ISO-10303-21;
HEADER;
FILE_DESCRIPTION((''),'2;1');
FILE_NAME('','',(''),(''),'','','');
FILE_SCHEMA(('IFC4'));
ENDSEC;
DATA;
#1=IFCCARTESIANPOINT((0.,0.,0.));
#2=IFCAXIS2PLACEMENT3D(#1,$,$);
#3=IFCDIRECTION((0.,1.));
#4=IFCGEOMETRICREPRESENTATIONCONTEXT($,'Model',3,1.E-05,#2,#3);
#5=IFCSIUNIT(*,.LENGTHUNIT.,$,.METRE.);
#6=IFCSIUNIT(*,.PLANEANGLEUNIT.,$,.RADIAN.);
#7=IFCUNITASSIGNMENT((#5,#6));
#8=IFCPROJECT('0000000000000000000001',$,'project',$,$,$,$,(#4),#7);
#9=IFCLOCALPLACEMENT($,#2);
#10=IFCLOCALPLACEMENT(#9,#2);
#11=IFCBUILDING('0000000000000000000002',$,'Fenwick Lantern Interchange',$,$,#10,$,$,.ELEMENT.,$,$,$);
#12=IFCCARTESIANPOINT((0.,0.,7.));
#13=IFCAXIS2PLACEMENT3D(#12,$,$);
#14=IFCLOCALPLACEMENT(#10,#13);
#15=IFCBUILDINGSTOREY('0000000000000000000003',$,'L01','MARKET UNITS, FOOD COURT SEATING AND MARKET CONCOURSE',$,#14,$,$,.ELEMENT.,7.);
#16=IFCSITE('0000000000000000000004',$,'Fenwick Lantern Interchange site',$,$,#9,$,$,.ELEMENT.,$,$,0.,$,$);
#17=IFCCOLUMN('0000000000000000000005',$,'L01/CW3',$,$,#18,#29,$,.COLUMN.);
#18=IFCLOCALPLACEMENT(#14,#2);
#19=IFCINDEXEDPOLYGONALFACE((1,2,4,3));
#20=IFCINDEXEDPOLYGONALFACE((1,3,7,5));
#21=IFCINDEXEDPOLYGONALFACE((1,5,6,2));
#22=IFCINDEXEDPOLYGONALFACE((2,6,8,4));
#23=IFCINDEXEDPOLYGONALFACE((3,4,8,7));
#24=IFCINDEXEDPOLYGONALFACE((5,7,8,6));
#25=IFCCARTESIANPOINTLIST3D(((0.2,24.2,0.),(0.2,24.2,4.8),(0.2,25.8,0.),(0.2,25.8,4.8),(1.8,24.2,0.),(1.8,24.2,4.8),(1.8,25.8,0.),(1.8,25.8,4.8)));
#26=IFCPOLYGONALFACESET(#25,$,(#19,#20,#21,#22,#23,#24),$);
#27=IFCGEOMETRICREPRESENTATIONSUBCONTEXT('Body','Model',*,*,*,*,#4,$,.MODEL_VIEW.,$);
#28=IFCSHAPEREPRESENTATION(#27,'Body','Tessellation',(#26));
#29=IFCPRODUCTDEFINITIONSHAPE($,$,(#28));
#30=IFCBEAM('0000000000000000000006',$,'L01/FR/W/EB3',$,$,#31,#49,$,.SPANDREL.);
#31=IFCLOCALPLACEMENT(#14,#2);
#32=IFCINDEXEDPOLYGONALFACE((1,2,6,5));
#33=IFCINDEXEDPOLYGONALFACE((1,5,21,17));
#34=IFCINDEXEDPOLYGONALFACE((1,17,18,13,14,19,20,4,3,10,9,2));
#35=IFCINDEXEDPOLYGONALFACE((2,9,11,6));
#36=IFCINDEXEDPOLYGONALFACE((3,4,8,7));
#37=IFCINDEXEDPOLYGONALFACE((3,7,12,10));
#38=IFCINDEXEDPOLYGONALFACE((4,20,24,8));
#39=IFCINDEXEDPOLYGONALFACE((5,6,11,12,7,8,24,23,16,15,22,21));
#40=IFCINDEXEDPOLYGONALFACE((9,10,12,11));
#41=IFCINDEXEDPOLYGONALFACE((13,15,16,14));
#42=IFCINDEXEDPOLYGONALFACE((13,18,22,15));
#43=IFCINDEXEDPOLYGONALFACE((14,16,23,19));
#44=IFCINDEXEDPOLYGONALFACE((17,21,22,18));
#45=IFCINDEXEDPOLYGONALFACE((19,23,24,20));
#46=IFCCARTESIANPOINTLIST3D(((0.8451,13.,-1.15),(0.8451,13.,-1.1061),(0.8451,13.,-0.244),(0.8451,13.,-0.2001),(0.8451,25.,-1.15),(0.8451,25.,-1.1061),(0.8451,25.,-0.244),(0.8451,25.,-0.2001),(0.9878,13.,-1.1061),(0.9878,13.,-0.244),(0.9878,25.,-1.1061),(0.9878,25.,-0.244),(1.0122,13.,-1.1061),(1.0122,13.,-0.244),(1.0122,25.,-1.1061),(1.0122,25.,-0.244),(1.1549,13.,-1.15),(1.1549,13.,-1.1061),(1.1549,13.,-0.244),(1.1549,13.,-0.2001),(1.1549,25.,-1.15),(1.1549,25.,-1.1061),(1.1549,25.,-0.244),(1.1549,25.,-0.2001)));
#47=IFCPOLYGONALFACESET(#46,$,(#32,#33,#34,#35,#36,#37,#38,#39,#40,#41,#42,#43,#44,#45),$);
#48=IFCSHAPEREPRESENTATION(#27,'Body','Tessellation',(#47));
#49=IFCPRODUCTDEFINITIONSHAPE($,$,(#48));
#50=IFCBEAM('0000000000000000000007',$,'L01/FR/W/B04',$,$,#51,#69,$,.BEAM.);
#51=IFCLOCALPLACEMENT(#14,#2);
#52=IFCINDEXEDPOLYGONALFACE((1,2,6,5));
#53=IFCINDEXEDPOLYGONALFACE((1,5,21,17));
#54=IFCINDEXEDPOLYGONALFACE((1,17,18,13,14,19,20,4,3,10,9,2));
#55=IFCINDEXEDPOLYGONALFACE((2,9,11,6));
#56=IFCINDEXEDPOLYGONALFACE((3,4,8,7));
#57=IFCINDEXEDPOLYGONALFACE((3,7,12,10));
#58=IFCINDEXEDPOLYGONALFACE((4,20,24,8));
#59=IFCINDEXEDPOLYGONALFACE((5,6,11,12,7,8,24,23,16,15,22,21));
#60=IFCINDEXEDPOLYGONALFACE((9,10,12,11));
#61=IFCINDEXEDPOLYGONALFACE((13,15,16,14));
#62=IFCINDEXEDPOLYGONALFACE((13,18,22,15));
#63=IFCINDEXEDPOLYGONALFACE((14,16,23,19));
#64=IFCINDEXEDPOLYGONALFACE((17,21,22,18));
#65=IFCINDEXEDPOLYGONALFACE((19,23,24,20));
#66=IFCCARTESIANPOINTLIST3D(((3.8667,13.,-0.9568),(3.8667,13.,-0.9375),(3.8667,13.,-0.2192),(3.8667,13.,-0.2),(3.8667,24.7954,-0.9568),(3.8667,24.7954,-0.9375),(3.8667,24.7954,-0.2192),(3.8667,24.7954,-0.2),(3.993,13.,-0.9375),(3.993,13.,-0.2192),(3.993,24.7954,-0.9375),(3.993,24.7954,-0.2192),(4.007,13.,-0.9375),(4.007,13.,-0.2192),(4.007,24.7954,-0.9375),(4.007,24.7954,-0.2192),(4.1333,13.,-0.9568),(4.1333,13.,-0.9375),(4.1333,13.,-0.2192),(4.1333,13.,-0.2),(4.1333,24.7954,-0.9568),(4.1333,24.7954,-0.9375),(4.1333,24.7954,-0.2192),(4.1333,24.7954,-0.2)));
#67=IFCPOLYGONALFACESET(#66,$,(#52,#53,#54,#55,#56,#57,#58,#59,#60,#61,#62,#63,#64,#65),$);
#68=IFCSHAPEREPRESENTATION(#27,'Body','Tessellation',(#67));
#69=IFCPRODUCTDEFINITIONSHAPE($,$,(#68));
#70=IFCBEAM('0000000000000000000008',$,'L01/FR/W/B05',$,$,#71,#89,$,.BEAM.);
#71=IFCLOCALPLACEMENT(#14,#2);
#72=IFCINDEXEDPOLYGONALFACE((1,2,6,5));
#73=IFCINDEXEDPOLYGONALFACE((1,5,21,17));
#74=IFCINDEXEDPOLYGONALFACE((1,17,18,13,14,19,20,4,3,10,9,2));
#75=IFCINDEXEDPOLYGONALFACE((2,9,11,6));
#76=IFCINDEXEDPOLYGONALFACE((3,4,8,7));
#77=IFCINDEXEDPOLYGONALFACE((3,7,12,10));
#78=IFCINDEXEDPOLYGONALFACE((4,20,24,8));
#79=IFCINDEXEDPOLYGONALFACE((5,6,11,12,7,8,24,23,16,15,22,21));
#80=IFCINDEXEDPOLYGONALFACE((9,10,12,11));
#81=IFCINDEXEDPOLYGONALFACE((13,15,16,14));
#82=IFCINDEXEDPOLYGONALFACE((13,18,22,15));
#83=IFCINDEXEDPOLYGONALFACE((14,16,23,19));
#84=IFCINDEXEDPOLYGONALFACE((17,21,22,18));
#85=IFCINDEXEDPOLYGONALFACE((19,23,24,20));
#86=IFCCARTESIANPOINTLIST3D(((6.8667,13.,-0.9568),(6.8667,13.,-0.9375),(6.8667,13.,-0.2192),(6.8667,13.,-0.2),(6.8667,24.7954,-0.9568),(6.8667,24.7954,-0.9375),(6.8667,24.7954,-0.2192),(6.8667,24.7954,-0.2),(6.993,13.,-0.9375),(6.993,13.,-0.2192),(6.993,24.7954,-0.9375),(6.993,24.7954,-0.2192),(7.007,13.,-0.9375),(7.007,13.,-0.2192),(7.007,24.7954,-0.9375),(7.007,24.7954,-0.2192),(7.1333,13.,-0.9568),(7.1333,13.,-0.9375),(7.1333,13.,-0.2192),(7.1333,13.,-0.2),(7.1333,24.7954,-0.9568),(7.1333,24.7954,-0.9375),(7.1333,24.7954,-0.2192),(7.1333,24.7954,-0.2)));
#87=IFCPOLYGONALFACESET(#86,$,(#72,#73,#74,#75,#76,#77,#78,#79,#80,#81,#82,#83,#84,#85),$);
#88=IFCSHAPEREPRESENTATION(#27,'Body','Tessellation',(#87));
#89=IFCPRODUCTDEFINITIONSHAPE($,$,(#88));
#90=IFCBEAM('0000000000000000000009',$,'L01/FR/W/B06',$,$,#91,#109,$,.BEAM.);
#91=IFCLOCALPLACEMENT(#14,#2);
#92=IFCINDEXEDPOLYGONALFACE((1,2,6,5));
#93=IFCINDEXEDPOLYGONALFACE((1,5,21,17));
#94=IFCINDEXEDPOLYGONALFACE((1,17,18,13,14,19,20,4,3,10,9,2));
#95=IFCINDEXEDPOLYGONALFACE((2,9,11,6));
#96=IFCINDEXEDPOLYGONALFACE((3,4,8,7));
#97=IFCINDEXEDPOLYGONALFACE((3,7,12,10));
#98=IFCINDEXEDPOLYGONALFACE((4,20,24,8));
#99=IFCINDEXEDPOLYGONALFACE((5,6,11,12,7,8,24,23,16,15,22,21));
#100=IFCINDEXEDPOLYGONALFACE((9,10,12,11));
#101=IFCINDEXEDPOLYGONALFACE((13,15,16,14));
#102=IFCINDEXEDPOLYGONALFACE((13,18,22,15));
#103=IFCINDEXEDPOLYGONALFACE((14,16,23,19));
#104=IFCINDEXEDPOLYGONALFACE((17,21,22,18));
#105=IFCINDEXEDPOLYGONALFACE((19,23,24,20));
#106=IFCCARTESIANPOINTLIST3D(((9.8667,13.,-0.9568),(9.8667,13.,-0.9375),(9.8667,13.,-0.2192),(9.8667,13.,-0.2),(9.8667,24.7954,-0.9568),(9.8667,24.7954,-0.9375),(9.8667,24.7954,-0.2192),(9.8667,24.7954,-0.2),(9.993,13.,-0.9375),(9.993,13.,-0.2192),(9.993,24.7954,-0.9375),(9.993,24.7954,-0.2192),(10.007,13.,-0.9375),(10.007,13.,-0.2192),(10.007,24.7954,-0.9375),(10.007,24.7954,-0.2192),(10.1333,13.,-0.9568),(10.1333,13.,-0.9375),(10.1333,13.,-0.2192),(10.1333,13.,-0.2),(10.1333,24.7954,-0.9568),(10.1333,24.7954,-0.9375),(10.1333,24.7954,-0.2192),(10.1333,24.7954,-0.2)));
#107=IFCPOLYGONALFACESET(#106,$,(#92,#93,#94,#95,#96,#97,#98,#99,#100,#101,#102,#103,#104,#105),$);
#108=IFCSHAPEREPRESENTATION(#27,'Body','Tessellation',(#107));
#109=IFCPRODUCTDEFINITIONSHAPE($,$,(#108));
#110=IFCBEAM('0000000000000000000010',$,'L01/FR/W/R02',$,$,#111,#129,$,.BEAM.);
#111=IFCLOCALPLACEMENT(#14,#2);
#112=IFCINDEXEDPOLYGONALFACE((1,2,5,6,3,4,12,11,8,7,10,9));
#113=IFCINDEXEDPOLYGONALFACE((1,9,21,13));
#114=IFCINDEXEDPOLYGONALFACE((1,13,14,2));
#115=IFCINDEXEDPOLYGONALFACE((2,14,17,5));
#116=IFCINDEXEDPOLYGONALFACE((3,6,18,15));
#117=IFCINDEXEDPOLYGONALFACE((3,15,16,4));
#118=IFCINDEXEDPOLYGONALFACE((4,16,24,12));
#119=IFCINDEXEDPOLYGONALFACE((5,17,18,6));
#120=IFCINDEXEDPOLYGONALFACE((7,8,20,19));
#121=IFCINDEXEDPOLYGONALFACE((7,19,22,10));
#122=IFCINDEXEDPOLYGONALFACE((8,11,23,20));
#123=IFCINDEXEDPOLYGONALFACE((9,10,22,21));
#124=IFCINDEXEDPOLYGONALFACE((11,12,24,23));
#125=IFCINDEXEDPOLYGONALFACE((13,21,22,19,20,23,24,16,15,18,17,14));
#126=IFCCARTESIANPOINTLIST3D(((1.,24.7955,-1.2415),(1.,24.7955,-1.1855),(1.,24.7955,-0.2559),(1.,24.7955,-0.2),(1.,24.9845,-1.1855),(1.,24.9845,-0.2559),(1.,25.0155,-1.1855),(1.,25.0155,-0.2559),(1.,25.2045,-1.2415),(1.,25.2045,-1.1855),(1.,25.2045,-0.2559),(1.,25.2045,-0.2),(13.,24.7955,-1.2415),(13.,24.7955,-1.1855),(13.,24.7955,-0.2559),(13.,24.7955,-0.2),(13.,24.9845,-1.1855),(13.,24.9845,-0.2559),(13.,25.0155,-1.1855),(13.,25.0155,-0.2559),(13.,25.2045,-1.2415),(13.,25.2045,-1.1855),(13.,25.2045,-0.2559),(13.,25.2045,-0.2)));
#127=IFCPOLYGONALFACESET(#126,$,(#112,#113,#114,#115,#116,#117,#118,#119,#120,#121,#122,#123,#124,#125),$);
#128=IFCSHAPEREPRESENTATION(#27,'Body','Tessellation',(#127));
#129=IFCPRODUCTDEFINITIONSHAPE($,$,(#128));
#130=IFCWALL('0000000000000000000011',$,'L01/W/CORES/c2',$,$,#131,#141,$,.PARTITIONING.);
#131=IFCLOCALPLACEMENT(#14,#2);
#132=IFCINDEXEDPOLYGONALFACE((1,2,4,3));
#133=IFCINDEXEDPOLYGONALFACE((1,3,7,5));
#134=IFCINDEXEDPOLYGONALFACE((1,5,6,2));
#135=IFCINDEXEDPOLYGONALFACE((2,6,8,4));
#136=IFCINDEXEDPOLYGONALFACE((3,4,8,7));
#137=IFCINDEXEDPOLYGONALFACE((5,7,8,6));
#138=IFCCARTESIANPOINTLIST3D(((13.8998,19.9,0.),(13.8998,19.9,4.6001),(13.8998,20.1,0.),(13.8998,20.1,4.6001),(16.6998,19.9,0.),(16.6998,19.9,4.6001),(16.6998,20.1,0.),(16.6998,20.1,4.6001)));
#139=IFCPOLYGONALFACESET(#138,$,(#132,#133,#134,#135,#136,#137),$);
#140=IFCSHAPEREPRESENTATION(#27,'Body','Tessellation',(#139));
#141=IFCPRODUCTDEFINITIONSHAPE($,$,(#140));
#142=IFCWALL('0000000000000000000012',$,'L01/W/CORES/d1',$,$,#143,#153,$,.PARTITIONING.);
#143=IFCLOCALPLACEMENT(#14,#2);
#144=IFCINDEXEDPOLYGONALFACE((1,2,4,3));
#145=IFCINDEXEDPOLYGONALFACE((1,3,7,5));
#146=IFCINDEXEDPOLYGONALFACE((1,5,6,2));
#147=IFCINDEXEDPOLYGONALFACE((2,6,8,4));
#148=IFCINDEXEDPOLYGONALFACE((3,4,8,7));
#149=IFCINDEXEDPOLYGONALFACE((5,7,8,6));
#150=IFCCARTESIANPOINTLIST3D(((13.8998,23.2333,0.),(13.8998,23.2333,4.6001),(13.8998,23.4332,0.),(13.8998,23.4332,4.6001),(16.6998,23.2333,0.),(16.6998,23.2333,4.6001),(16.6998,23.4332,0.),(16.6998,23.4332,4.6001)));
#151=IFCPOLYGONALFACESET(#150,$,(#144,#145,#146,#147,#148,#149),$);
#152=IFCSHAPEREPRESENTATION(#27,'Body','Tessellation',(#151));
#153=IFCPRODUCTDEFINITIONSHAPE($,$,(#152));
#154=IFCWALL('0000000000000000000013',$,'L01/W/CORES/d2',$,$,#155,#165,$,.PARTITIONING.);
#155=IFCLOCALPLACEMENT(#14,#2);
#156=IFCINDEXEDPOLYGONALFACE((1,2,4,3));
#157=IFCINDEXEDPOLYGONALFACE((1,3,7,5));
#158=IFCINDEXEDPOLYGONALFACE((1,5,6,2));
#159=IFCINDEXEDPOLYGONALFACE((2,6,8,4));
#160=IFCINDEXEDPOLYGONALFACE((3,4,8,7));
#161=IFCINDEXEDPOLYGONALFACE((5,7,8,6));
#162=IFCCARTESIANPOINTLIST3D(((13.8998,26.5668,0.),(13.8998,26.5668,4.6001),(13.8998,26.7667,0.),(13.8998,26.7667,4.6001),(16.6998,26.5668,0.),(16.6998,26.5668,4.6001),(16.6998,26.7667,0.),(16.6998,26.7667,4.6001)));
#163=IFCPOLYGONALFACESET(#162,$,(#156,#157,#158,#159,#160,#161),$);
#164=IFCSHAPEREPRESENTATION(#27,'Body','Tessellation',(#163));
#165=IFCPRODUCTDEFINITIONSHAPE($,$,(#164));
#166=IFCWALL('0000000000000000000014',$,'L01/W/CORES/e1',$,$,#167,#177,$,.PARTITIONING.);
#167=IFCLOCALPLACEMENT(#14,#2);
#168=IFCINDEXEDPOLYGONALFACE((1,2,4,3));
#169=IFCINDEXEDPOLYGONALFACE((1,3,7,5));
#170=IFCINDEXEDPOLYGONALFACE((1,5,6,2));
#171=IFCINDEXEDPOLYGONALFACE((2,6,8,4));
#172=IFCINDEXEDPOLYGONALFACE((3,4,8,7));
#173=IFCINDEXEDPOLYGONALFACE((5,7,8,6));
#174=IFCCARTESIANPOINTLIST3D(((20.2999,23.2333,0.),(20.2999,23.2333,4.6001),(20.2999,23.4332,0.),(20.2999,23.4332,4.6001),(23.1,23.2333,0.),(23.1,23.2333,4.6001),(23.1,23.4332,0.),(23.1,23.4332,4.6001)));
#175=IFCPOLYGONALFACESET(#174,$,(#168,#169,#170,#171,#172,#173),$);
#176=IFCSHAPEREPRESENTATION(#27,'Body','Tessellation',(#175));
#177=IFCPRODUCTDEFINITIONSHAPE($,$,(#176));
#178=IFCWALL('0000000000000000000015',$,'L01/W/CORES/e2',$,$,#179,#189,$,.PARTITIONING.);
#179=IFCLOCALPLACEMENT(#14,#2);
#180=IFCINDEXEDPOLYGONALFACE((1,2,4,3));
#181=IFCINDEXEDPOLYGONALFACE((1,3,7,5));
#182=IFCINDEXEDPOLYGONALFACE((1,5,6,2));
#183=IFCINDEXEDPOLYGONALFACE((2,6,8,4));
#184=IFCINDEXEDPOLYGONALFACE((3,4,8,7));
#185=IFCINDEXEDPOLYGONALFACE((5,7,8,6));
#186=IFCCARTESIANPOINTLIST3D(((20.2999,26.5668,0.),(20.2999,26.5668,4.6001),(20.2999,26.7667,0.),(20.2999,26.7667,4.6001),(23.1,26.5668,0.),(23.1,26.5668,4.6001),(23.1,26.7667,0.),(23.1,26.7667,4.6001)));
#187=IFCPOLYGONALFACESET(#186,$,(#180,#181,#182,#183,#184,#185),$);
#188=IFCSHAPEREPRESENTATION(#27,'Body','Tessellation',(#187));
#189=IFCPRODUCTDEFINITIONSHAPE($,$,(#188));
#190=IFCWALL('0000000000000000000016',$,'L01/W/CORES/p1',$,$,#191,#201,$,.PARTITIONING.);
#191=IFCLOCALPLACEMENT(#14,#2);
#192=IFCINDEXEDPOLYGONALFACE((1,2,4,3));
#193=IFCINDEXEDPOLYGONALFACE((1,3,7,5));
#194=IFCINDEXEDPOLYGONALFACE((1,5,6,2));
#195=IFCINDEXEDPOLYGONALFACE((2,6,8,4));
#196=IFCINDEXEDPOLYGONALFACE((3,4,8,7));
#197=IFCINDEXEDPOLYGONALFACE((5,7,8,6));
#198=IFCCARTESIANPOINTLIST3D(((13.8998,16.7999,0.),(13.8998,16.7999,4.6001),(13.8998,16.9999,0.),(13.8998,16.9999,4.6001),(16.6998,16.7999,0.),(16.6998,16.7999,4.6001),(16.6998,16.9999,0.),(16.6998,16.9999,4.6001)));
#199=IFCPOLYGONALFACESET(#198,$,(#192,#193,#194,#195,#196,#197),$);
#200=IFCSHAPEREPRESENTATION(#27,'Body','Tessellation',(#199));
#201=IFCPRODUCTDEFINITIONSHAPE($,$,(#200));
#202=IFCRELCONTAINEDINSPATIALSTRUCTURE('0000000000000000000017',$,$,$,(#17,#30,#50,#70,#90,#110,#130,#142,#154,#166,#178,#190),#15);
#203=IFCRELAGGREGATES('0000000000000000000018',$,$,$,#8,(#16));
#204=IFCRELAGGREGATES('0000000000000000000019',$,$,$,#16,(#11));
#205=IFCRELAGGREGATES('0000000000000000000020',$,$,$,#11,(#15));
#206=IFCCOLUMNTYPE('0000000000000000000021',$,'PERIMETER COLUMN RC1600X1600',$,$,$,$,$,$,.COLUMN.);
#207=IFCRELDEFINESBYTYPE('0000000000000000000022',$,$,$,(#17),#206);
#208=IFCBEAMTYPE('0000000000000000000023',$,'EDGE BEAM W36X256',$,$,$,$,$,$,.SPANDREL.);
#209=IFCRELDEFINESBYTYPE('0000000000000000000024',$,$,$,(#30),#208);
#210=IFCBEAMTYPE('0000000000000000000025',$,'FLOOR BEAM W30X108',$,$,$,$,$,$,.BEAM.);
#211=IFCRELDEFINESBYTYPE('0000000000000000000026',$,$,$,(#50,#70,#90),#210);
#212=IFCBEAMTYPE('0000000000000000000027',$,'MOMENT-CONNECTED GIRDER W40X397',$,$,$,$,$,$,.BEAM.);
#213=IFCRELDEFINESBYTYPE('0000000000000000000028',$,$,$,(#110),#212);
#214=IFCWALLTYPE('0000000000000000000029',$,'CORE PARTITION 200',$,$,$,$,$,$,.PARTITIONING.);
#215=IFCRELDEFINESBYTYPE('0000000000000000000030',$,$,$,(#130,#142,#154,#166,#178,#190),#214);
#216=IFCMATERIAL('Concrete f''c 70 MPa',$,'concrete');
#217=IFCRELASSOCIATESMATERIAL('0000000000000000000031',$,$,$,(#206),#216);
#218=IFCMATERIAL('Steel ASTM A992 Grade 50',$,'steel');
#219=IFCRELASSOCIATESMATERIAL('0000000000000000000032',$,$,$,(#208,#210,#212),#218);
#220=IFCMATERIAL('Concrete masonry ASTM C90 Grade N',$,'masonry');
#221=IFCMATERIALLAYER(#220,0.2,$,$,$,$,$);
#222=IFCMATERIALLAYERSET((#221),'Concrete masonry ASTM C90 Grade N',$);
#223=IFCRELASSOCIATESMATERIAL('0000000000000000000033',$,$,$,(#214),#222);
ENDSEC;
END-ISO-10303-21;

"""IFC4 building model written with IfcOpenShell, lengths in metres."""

from ifc_helpers import new_model, si_unit, direction, frame, frame_2d, origin, origin_2d, place, context, subcontext, project, spatial, rectangle, i_section, extrude, material, layer, layer_set, material_profile, profile_set, type_object, element, save


model = new_model("IFC4")

# Units and contexts
model_context = context("Model", 3, precision=1e-05, world=origin(), true_north=direction((0.0, 1.0)))
body_context = subcontext(model_context, "Body", "Model", "MODEL_VIEW")
ifc_project = project(units=[si_unit("LENGTHUNIT", "METRE"), si_unit("PLANEANGLEUNIT", "RADIAN")], contexts=[model_context])

# Site, building, storey
site_placement = place(None, origin())
site = spatial("IfcSite", under=ifc_project, at=site_placement, Name="Fenwick Lantern Interchange site", CompositionType="ELEMENT", RefElevation=0.0)
building_placement = place(site_placement, origin())
building = spatial("IfcBuilding", under=site, at=building_placement, Name="Fenwick Lantern Interchange", CompositionType="ELEMENT")
storey_placement = place(building_placement, frame((0.0, 0.0, 7.0)))
storey = spatial("IfcBuildingStorey", under=building, at=storey_placement, Name="L01", Description="MARKET UNITS, FOOD COURT SEATING AND MARKET CONCOURSE", CompositionType="ELEMENT", Elevation=7.0)

# Column
ifc_material_1 = material(Name="Concrete f'c 70 MPa", Category="concrete")
ifc_material_profile_1 = material_profile(ifc_material_1, rectangle(XDim=1.6001, YDim=1.6001, at=origin_2d()), Name="RC1600X1600")
ifc_profile_set_1 = profile_set([ifc_material_profile_1], Name="Concrete f'c 70 MPa")
column_type = type_object("IfcColumnType", Name="PERIMETER COLUMN RC1600X1600", PredefinedType="COLUMN", material=ifc_profile_set_1)
column_placement = place(storey_placement, frame((1.0, 25.0, 0.0), z_axis=(0.0, 0.0, 1.0), x_axis=(1.0, 0.0, 0.0)))
element("IfcColumn", 1, at=column_placement, inside=storey, type_object=column_type, Name="L01/CW3", PredefinedType="COLUMN", context=body_context, shape_type="SweptSolid", body=[
    extrude(rectangle(XDim=1.6001, YDim=1.6001, at=origin_2d()), origin(), (0.0, 0.0, 1.0), 4.8),
])

# Beams
ifc_material_2 = material(Name="Steel ASTM A992 Grade 50", Category="steel")
ifc_material_profile_2 = material_profile(ifc_material_2, i_section(OverallWidth=0.3098, OverallDepth=0.95, WebThickness=0.0244, FlangeThickness=0.0439, at=origin_2d()), Name="W36X256")
ifc_profile_set_2 = profile_set([ifc_material_profile_2], Name="Steel ASTM A992 Grade 50")
beam_type_1 = type_object("IfcBeamType", Name="EDGE BEAM W36X256", PredefinedType="SPANDREL", material=ifc_profile_set_2)
beam_1_placement = place(storey_placement, frame((1.0, 25.0, -0.675), z_axis=(0.0, -1.0, 0.0), x_axis=(1.0, 0.0, 0.0)))
element("IfcBeam", 2, at=beam_1_placement, inside=storey, type_object=beam_type_1, Name="L01/FR/W/EB3", PredefinedType="SPANDREL", context=body_context, shape_type="SweptSolid", body=[
    extrude(i_section(OverallWidth=0.3098, OverallDepth=0.95, WebThickness=0.0244, FlangeThickness=0.0439, at=origin_2d()), origin(), (0.0, 0.0, 1.0), 12.0),
])
ifc_material_profile_3 = material_profile(ifc_material_2, i_section(OverallWidth=0.2666, OverallDepth=0.7568, WebThickness=0.0139, FlangeThickness=0.0193, at=origin_2d()), Name="W30X108")
ifc_profile_set_3 = profile_set([ifc_material_profile_3], Name="Steel ASTM A992 Grade 50")
beam_type_2 = type_object("IfcBeamType", Name="FLOOR BEAM W30X108", PredefinedType="BEAM", material=ifc_profile_set_3)
for number, where, z_axis, x_axis, name in (
    (3, (4.0, 24.7954, -0.5784), (0.0, -1.0, 0.0), (1.0, 0.0, 0.0), "L01/FR/W/B04"),
    (4, (7.0, 24.7954, -0.5784), (0.0, -1.0, 0.0), (1.0, 0.0, 0.0), "L01/FR/W/B05"),
    (5, (10.0, 24.7954, -0.5784), (0.0, -1.0, 0.0), (1.0, 0.0, 0.0), "L01/FR/W/B06"),
):
    element("IfcBeam", number, at=place(storey_placement, frame(where, z_axis=z_axis, x_axis=x_axis)), inside=storey, type_object=beam_type_2, Name=name, PredefinedType="BEAM", context=body_context, shape_type="SweptSolid", body=[
        extrude(i_section(OverallWidth=0.2666, OverallDepth=0.7568, WebThickness=0.0139, FlangeThickness=0.0193, at=origin_2d()), origin(), (0.0, 0.0, 1.0), 11.7954),
    ])
ifc_material_profile_4 = material_profile(ifc_material_2, i_section(OverallWidth=0.4089, OverallDepth=1.0415, WebThickness=0.031, FlangeThickness=0.0559, at=origin_2d()), Name="W40X397")
ifc_profile_set_4 = profile_set([ifc_material_profile_4], Name="Steel ASTM A992 Grade 50")
beam_type_3 = type_object("IfcBeamType", Name="MOMENT-CONNECTED GIRDER W40X397", PredefinedType="BEAM", material=ifc_profile_set_4)
beam_2_placement = place(storey_placement, frame((1.0, 25.0, -0.7207), z_axis=(1.0, 0.0, 0.0), x_axis=(0.0, 1.0, 0.0)))
element("IfcBeam", 6, at=beam_2_placement, inside=storey, type_object=beam_type_3, Name="L01/FR/W/R02", PredefinedType="BEAM", context=body_context, shape_type="SweptSolid", body=[
    extrude(i_section(OverallWidth=0.4089, OverallDepth=1.0415, WebThickness=0.031, FlangeThickness=0.0559, at=origin_2d()), origin(), (0.0, 0.0, 1.0), 12.0),
])

# Walls
ifc_material_3 = material(Name="Concrete masonry ASTM C90 Grade N", Category="masonry")
ifc_layer_1 = layer(ifc_material_3, 0.2)
ifc_layer_set_1 = layer_set([ifc_layer_1], Name="Concrete masonry ASTM C90 Grade N")
wall_type_1 = type_object("IfcWallType", Name="CORE PARTITION 200", PredefinedType="PARTITIONING", material=ifc_layer_set_1)
for number, where, z_axis, x_axis, name in (
    (7, (13.8999, 20.0, 0.0), (0.0, 0.0, 1.0), (1.0, 0.0, 0.0), "L01/W/CORES/c2"),
    (8, (13.8999, 23.3333, 0.0), (0.0, 0.0, 1.0), (1.0, 0.0, 0.0), "L01/W/CORES/d1"),
    (9, (13.8999, 26.6667, 0.0), (0.0, 0.0, 1.0), (1.0, 0.0, 0.0), "L01/W/CORES/d2"),
    (10, (20.3, 23.3333, 0.0), (0.0, 0.0, 1.0), (1.0, 0.0, 0.0), "L01/W/CORES/e1"),
    (11, (20.3, 26.6667, 0.0), (0.0, 0.0, 1.0), (1.0, 0.0, 0.0), "L01/W/CORES/e2"),
    (12, (13.8999, 16.8999, 0.0), (0.0, 0.0, 1.0), (1.0, 0.0, 0.0), "L01/W/CORES/p1"),
):
    element("IfcWall", number, at=place(storey_placement, frame(where, z_axis=z_axis, x_axis=x_axis)), inside=storey, type_object=wall_type_1, Name=name, PredefinedType="PARTITIONING", context=body_context, shape_type="SweptSolid", body=[
        extrude(rectangle(XDim=2.8, YDim=0.2, at=frame_2d((1.3999, 0.0))), origin(), (0.0, 0.0, 1.0), 4.6001),
    ])

save(model, "model.ifc")
